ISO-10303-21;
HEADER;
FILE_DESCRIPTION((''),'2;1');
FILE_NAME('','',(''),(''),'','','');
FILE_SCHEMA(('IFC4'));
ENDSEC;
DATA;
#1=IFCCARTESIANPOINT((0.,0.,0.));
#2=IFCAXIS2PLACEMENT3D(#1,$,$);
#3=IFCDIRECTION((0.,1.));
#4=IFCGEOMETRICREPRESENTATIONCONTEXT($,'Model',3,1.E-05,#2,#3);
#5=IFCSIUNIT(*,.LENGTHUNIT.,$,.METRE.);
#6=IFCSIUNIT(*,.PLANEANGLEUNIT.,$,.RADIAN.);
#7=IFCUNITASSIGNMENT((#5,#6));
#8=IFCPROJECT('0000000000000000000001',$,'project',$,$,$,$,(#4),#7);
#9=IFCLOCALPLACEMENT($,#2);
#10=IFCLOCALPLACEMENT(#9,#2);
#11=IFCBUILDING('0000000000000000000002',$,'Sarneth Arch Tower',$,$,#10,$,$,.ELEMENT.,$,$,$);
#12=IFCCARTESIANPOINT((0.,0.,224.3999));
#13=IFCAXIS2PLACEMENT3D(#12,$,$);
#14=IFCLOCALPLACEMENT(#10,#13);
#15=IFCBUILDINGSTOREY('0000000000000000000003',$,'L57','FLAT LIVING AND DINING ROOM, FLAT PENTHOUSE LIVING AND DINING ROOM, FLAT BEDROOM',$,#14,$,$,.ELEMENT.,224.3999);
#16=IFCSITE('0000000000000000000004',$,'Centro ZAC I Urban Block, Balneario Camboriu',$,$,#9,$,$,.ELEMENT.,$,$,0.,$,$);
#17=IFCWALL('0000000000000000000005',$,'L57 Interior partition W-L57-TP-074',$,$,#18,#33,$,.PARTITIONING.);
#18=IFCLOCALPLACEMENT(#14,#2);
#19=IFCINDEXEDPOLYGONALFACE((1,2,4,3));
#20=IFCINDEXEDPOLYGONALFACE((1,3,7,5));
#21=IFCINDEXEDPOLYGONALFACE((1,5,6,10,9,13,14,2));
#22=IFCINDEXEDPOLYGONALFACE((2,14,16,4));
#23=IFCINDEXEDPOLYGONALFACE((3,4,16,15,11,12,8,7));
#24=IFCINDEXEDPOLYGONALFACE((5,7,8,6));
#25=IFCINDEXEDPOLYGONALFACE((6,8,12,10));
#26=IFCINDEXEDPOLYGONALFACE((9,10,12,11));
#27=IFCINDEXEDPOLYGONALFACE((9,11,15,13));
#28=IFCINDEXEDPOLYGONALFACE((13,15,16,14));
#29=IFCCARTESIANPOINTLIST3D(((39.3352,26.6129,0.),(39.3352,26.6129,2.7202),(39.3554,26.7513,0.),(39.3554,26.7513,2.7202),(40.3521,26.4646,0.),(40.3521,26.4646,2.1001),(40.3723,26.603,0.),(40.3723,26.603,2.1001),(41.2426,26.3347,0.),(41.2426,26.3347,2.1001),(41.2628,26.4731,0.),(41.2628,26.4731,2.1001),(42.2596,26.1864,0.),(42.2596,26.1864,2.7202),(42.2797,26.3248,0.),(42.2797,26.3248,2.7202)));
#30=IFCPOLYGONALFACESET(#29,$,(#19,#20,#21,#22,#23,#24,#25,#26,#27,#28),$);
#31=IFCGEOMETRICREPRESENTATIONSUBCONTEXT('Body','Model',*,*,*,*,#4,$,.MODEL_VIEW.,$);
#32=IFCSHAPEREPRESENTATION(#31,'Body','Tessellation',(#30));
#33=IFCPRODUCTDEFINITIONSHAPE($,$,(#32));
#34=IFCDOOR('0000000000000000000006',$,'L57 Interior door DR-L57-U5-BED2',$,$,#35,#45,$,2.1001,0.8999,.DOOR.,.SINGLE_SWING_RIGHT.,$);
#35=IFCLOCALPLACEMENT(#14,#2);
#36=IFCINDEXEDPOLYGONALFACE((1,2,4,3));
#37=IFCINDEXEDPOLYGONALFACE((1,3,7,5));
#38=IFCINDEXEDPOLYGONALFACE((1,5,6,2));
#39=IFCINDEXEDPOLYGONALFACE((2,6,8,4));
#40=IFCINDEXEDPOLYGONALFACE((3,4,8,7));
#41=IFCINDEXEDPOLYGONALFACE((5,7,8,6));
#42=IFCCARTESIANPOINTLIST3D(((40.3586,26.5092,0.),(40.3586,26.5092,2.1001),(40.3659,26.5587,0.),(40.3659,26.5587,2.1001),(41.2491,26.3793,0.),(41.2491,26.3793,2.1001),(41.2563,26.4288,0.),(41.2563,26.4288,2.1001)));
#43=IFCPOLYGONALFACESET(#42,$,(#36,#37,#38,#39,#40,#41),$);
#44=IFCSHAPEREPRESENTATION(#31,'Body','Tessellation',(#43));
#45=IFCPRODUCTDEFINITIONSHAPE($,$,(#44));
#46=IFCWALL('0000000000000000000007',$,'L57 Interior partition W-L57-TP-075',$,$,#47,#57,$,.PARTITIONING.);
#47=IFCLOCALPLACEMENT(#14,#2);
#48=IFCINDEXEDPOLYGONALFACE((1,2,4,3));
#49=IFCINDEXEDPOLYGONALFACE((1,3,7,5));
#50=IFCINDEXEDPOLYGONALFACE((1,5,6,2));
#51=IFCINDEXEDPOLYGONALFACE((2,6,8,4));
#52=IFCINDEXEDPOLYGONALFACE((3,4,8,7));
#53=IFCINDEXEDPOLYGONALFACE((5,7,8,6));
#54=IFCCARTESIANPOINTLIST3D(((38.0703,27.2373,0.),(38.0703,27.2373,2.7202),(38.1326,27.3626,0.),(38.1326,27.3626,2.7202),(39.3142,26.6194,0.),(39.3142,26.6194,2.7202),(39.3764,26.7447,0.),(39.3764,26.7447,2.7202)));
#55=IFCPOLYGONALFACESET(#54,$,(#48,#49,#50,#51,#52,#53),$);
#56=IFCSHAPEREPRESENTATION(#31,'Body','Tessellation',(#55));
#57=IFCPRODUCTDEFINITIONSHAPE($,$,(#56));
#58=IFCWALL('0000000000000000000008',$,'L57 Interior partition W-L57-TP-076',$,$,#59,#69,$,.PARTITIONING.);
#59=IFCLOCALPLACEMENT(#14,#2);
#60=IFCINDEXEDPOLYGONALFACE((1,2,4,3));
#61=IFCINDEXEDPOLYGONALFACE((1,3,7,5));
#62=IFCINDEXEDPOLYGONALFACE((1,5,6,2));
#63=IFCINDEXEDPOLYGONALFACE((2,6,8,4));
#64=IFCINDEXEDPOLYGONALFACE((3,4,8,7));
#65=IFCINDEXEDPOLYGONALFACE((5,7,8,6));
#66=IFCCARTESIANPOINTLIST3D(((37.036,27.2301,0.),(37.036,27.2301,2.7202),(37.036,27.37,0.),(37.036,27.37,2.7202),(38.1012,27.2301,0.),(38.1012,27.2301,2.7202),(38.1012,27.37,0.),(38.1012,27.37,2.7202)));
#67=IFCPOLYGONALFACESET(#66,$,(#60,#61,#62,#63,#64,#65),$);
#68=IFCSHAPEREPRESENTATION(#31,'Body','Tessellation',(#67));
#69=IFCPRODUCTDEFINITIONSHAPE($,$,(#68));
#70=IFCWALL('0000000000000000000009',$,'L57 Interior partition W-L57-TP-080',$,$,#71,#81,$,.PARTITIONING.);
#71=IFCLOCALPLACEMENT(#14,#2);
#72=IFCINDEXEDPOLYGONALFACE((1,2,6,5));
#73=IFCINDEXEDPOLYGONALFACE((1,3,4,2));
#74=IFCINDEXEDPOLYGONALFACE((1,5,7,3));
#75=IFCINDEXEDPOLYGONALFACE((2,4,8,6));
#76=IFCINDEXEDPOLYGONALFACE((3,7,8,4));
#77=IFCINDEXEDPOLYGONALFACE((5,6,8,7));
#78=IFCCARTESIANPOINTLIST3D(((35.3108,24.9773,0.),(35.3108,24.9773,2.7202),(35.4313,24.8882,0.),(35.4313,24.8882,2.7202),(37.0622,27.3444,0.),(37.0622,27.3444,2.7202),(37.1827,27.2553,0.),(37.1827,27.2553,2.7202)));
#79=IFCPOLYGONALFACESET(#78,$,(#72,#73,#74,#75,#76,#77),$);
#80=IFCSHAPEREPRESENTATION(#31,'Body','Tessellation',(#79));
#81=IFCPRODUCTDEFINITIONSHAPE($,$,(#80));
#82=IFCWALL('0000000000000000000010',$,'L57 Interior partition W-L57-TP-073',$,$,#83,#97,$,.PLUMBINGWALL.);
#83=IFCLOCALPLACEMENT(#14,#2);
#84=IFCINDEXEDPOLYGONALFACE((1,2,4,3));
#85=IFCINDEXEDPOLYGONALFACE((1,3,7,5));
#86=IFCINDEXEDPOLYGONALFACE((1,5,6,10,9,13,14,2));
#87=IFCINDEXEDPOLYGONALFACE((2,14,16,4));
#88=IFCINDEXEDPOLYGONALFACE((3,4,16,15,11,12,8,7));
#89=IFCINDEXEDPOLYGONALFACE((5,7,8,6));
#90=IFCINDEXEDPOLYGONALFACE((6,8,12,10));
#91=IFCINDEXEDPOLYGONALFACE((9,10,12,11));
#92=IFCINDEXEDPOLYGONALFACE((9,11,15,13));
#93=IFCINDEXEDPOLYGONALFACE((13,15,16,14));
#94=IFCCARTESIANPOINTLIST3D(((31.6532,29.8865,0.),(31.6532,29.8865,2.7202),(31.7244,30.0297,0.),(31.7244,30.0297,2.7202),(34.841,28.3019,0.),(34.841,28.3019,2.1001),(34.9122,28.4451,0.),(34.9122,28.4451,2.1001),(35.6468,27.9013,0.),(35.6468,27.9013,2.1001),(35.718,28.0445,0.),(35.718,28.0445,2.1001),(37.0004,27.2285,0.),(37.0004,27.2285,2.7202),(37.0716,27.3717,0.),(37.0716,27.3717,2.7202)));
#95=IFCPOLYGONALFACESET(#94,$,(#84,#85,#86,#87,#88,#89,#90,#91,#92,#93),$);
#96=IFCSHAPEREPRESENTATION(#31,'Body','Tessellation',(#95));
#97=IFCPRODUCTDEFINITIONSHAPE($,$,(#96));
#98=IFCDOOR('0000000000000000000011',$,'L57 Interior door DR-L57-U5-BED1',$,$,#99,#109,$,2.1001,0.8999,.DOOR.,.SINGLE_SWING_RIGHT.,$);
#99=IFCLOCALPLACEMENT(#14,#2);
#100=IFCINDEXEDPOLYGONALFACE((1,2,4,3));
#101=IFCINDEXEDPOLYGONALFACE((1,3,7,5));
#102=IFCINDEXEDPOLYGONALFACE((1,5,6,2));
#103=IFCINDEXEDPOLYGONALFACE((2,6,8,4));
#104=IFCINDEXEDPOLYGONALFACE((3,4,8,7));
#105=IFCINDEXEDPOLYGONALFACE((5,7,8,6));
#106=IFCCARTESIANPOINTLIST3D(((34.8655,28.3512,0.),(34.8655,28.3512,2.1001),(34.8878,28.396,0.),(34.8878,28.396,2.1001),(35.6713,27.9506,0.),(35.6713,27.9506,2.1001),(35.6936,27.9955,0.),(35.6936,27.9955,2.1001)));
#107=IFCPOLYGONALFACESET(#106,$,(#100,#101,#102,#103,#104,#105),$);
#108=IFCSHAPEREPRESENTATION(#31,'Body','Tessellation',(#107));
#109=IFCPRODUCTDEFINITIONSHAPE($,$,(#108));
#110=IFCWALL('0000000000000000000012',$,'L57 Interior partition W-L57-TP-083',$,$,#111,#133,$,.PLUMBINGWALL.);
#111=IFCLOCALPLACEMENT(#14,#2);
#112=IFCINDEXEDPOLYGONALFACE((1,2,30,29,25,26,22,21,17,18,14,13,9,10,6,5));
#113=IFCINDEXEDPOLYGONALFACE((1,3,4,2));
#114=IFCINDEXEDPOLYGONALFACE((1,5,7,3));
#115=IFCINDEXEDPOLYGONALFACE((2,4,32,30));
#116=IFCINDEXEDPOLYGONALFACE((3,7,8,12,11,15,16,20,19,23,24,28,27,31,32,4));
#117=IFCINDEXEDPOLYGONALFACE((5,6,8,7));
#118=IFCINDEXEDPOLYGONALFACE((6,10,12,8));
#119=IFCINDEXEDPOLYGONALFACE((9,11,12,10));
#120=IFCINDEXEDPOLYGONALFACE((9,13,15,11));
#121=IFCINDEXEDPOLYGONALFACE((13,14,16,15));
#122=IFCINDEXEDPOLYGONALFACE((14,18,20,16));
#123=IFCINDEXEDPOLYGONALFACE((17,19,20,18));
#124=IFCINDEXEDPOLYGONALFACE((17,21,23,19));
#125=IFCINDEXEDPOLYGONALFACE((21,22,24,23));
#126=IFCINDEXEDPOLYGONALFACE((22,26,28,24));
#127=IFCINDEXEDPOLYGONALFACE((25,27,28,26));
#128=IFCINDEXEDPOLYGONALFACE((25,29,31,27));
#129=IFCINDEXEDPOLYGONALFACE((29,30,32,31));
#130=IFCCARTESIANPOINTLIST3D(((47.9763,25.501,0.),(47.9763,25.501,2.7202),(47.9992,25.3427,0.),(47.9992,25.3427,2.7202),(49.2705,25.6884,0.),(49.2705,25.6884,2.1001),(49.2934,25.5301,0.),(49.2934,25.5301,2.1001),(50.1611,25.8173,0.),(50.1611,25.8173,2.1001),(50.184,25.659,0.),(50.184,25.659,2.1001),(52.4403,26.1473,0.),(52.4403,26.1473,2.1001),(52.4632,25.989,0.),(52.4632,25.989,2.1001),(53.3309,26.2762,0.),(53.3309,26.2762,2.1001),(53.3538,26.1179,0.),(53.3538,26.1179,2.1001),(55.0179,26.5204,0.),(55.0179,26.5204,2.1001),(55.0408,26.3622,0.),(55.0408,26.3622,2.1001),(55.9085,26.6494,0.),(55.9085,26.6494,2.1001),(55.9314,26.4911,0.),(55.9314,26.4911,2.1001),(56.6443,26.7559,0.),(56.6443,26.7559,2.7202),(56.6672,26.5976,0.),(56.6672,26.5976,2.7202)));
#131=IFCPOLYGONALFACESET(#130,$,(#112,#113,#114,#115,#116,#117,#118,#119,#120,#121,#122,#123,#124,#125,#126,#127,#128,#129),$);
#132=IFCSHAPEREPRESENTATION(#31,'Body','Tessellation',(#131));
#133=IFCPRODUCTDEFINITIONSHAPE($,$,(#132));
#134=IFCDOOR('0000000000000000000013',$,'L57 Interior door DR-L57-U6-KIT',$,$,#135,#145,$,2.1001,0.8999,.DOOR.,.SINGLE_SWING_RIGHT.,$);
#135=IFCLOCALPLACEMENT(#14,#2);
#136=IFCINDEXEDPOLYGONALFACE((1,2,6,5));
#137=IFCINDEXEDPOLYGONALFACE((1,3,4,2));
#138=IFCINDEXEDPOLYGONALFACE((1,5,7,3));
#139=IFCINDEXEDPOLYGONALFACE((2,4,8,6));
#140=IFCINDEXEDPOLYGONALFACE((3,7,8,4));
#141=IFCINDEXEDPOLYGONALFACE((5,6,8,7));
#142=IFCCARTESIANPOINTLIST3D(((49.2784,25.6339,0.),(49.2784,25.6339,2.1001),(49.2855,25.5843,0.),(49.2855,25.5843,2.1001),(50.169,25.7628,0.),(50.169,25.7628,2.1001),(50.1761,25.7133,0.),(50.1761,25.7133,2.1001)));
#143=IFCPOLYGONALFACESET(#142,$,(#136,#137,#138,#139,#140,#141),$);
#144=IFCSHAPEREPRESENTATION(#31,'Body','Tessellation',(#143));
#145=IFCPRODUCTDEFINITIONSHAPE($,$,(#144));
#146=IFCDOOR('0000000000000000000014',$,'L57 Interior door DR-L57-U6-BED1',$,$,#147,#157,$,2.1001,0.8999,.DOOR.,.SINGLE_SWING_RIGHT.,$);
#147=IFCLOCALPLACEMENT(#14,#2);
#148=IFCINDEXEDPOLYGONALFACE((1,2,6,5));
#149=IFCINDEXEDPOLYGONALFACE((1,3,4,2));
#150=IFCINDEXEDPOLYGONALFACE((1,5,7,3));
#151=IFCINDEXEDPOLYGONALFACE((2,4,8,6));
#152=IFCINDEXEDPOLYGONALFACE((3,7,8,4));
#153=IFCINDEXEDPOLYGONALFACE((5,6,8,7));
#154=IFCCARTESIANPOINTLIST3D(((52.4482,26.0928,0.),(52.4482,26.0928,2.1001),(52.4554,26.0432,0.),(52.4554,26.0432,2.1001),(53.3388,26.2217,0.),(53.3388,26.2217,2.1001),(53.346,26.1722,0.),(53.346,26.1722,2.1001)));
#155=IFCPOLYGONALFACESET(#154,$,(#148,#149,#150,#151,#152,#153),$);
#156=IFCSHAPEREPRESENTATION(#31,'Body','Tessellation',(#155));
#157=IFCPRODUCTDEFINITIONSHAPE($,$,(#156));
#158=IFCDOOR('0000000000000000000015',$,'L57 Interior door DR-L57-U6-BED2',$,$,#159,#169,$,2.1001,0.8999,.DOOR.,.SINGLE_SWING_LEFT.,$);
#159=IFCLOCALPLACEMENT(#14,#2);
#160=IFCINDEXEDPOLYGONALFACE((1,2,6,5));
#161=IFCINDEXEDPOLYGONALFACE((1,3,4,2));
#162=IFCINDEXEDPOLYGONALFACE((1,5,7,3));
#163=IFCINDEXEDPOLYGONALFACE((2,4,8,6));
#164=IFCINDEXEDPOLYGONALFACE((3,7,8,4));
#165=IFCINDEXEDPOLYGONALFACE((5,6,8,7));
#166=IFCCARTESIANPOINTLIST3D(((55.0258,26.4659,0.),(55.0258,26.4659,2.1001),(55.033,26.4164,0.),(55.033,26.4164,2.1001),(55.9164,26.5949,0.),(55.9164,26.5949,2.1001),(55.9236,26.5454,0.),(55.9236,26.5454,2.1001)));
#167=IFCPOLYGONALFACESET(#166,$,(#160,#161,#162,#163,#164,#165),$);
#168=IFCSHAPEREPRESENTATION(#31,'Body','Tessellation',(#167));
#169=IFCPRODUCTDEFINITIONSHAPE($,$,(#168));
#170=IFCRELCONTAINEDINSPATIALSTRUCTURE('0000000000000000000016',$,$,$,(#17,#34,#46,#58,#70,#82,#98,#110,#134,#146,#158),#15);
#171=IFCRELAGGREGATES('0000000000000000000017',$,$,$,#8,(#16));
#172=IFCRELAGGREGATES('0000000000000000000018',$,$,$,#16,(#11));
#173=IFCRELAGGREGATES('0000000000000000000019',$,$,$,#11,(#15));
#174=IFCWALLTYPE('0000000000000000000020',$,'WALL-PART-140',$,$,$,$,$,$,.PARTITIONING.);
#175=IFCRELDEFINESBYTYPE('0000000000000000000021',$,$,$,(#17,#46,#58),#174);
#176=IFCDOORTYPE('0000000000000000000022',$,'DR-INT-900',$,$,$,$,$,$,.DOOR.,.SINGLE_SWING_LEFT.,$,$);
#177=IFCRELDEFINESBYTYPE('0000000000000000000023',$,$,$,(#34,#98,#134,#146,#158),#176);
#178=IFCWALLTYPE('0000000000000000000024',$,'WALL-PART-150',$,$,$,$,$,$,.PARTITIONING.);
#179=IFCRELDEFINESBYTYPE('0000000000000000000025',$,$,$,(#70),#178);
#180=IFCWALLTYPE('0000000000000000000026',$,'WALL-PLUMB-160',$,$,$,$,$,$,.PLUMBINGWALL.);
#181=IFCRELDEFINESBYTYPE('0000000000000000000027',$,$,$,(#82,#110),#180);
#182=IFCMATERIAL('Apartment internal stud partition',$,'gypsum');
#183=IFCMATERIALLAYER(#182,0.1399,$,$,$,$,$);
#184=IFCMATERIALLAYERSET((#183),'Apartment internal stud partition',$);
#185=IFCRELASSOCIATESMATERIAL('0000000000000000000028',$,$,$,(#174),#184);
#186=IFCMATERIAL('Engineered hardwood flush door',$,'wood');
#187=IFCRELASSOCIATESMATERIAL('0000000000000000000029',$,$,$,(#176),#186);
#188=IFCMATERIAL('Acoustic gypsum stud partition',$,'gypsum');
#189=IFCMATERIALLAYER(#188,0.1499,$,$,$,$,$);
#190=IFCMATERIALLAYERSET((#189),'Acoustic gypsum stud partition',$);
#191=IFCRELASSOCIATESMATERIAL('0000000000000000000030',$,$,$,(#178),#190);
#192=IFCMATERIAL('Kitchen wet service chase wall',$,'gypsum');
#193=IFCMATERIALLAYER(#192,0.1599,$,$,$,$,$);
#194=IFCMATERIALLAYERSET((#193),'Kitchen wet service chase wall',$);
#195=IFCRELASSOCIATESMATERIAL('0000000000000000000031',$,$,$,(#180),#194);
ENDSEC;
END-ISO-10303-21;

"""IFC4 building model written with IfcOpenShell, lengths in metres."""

from ifc_helpers import new_model, si_unit, direction, frame, frame_2d, origin, place, context, subcontext, project, spatial, rectangle, extrude, material, layer, layer_set, type_object, element, fill, save


model = new_model("IFC4")

# Units and contexts
model_context = context("Model", 3, precision=1e-05, world=origin(), true_north=direction((0.0, 1.0)))
body_context = subcontext(model_context, "Body", "Model", "MODEL_VIEW")
ifc_project = project(units=[si_unit("LENGTHUNIT", "METRE"), si_unit("PLANEANGLEUNIT", "RADIAN")], contexts=[model_context])

# Site, building, storey
site_placement = place(None, origin())
site = spatial("IfcSite", under=ifc_project, at=site_placement, Name="Centro ZAC I Urban Block, Balneario Camboriu", CompositionType="ELEMENT", RefElevation=0.0)
building_placement = place(site_placement, origin())
building = spatial("IfcBuilding", under=site, at=building_placement, Name="Sarneth Arch Tower", CompositionType="ELEMENT")
storey_placement = place(building_placement, frame((0.0, 0.0, 224.3999)))
storey = spatial("IfcBuildingStorey", under=building, at=storey_placement, Name="L57", Description="FLAT LIVING AND DINING ROOM, FLAT PENTHOUSE LIVING AND DINING ROOM, FLAT BEDROOM", CompositionType="ELEMENT", Elevation=224.3999)

# Wall, opening, door
ifc_material_1 = material(Name="Apartment internal stud partition", Category="gypsum")
ifc_layer_1 = layer(ifc_material_1, 0.1399)
ifc_layer_set_1 = layer_set([ifc_layer_1], Name="Apartment internal stud partition")
wall_type_1 = type_object("IfcWallType", Name="WALL-PART-140", PredefinedType="PARTITIONING", material=ifc_layer_set_1)
wall_1_placement = place(storey_placement, frame((42.2695, 26.2556, 0.0), z_axis=(0.0, 0.0, 1.0), x_axis=(-0.989531, 0.144324, 0.0)))
wall_1 = element("IfcWall", 1, at=wall_1_placement, inside=storey, type_object=wall_type_1, Name="L57 Interior partition W-L57-TP-074", PredefinedType="PARTITIONING", context=body_context, shape_type="SweptSolid", body=[
    extrude(rectangle(XDim=2.9553, YDim=0.1399, at=frame_2d((1.4775, 0.0))), origin(), (0.0, 0.0, 1.0), 2.7202),
])
opening_1_placement = place(wall_1_placement, frame((1.0276, 0.0, 0.0)))
opening_1 = element("IfcOpeningElement", 2, at=opening_1_placement, cuts=wall_1, PredefinedType="OPENING", context=body_context, shape_type="SweptSolid", body=[
    extrude(rectangle(XDim=0.8999, YDim=2.1001, at=frame_2d((0.45, 1.05))), frame((0.0, 0.0798, 0.0), z_axis=(0.0, -1.0, 0.0), x_axis=(1.0, 0.0, 0.0)), (0.0, 0.0, 1.0), 0.1599),
])
ifc_material_2 = material(Name="Engineered hardwood flush door", Category="wood")
door_type_1 = type_object("IfcDoorType", Name="DR-INT-900", OperationType="SINGLE_SWING_LEFT", PredefinedType="DOOR", material=ifc_material_2)
door_1_placement = place(opening_1_placement, origin())
door_1 = element("IfcDoor", 3, at=door_1_placement, inside=storey, type_object=door_type_1, Name="L57 Interior door DR-L57-U5-BED2", OperationType="SINGLE_SWING_RIGHT", OverallHeight=2.1001, OverallWidth=0.8999, PredefinedType="DOOR", context=body_context, shape_type="SweptSolid", body=[
    extrude(rectangle(XDim=0.8999, YDim=2.1001, at=frame_2d((0.45, 1.05))), frame((0.0, 0.0249, 0.0), z_axis=(0.0, -1.0, 0.0), x_axis=(1.0, 0.0, 0.0)), (0.0, 0.0, 1.0), 0.05),
])
fill(opening_1, door_1)

# Walls
wall_2_placement = place(storey_placement, frame((39.3452, 26.6821, 0.0), z_axis=(0.0, 0.0, 1.0), x_axis=(-0.895584, 0.444892, 0.0)))
element("IfcWall", 4, at=wall_2_placement, inside=storey, type_object=wall_type_1, Name="L57 Interior partition W-L57-TP-075", PredefinedType="PARTITIONING", context=body_context, shape_type="SweptSolid", body=[
    extrude(rectangle(XDim=1.3889, YDim=0.1399, at=frame_2d((0.6943, 0.0))), origin(), (0.0, 0.0, 1.0), 2.7202),
])
wall_3_placement = place(storey_placement, frame((38.1013, 27.3, 0.0), z_axis=(0.0, 0.0, 1.0), x_axis=(-1.0, 0.0, 0.0)))
element("IfcWall", 5, at=wall_3_placement, inside=storey, type_object=wall_type_1, Name="L57 Interior partition W-L57-TP-076", PredefinedType="PARTITIONING", context=body_context, shape_type="SweptSolid", body=[
    extrude(rectangle(XDim=1.0652, YDim=0.1399, at=frame_2d((0.5327, 0.0))), origin(), (0.0, 0.0, 1.0), 2.7202),
])
ifc_material_3 = material(Name="Acoustic gypsum stud partition", Category="gypsum")
ifc_layer_2 = layer(ifc_material_3, 0.1499)
ifc_layer_set_2 = layer_set([ifc_layer_2], Name="Acoustic gypsum stud partition")
wall_type_2 = type_object("IfcWallType", Name="WALL-PART-150", PredefinedType="PARTITIONING", material=ifc_layer_set_2)
wall_4_placement = place(storey_placement, frame((35.3711, 24.9329, 0.0), z_axis=(0.0, 0.0, 1.0), x_axis=(0.594787, 0.803883, 0.0)))
element("IfcWall", 6, at=wall_4_placement, inside=storey, type_object=wall_type_2, Name="L57 Interior partition W-L57-TP-080", PredefinedType="PARTITIONING", context=body_context, shape_type="SweptSolid", body=[
    extrude(rectangle(XDim=2.9446, YDim=0.1499, at=frame_2d((1.4722, 0.0))), origin(), (0.0, 0.0, 1.0), 2.7202),
])

# Wall, opening, door
ifc_material_4 = material(Name="Kitchen wet service chase wall", Category="gypsum")
ifc_layer_3 = layer(ifc_material_4, 0.1599)
ifc_layer_set_3 = layer_set([ifc_layer_3], Name="Kitchen wet service chase wall")
wall_type_3 = type_object("IfcWallType", Name="WALL-PLUMB-160", PredefinedType="PLUMBINGWALL", material=ifc_layer_set_3)
wall_5_placement = place(storey_placement, frame((37.0361, 27.3, 0.0), z_axis=(0.0, 0.0, 1.0), x_axis=(-0.895471, 0.445119, 0.0)))
wall_5 = element("IfcWall", 7, at=wall_5_placement, inside=storey, type_object=wall_type_3, Name="L57 Interior partition W-L57-TP-073", PredefinedType="PLUMBINGWALL", context=body_context, shape_type="SweptSolid", body=[
    extrude(rectangle(XDim=5.9714, YDim=0.1599, at=frame_2d((2.9858, 0.0))), origin(), (0.0, 0.0, 1.0), 2.7202),
])
opening_2_placement = place(wall_5_placement, frame((1.5117, 0.0, 0.0)))
opening_2 = element("IfcOpeningElement", 8, at=opening_2_placement, cuts=wall_5, PredefinedType="OPENING", context=body_context, shape_type="SweptSolid", body=[
    extrude(rectangle(XDim=0.8999, YDim=2.1001, at=frame_2d((0.45, 1.05))), frame((0.0, 0.0898, 0.0), z_axis=(0.0, -1.0, 0.0), x_axis=(1.0, 0.0, 0.0)), (0.0, 0.0, 1.0), 0.1799),
])
door_2_placement = place(opening_2_placement, origin())
door_2 = element("IfcDoor", 9, at=door_2_placement, inside=storey, type_object=door_type_1, Name="L57 Interior door DR-L57-U5-BED1", OperationType="SINGLE_SWING_RIGHT", OverallHeight=2.1001, OverallWidth=0.8999, PredefinedType="DOOR", context=body_context, shape_type="SweptSolid", body=[
    extrude(rectangle(XDim=0.8999, YDim=2.1001, at=frame_2d((0.45, 1.05))), frame((0.0, 0.0249, 0.0), z_axis=(0.0, -1.0, 0.0), x_axis=(1.0, 0.0, 0.0)), (0.0, 0.0, 1.0), 0.05),
])
fill(opening_2, door_2)

# Wall, openings, doors
wall_6_placement = place(storey_placement, frame((47.9878, 25.4219, 0.0), z_axis=(0.0, 0.0, 1.0), x_axis=(0.989682, 0.143279, 0.0)))
wall_6 = element("IfcWall", 10, at=wall_6_placement, inside=storey, type_object=wall_type_3, Name="L57 Interior partition W-L57-TP-083", PredefinedType="PLUMBINGWALL", context=body_context, shape_type="SweptSolid", body=[
    extrude(rectangle(XDim=8.7583, YDim=0.1599, at=frame_2d((4.3792, 0.0))), origin(), (0.0, 0.0, 1.0), 2.7202),
])
opening_3_placement = place(wall_6_placement, frame((1.3076, 0.0, 0.0)))
opening_3 = element("IfcOpeningElement", 11, at=opening_3_placement, cuts=wall_6, PredefinedType="OPENING", context=body_context, shape_type="SweptSolid", body=[
    extrude(rectangle(XDim=0.8999, YDim=2.1001, at=frame_2d((0.45, 1.05))), frame((0.0, 0.0898, 0.0), z_axis=(0.0, -1.0, 0.0), x_axis=(1.0, 0.0, 0.0)), (0.0, 0.0, 1.0), 0.1799),
])
opening_4_placement = place(wall_6_placement, frame((4.5105, 0.0, 0.0)))
opening_4 = element("IfcOpeningElement", 12, at=opening_4_placement, cuts=wall_6, PredefinedType="OPENING", context=body_context, shape_type="SweptSolid", body=[
    extrude(rectangle(XDim=0.8999, YDim=2.1001, at=frame_2d((0.45, 1.05))), frame((0.0, 0.0898, 0.0), z_axis=(0.0, -1.0, 0.0), x_axis=(1.0, 0.0, 0.0)), (0.0, 0.0, 1.0), 0.1799),
])
opening_5_placement = place(wall_6_placement, frame((7.115, 0.0, 0.0)))
opening_5 = element("IfcOpeningElement", 13, at=opening_5_placement, cuts=wall_6, PredefinedType="OPENING", context=body_context, shape_type="SweptSolid", body=[
    extrude(rectangle(XDim=0.8999, YDim=2.1001, at=frame_2d((0.45, 1.05))), frame((0.0, 0.0898, 0.0), z_axis=(0.0, -1.0, 0.0), x_axis=(1.0, 0.0, 0.0)), (0.0, 0.0, 1.0), 0.1799),
])
door_3_placement = place(opening_3_placement, origin())
door_3 = element("IfcDoor", 14, at=door_3_placement, inside=storey, type_object=door_type_1, Name="L57 Interior door DR-L57-U6-KIT", OperationType="SINGLE_SWING_RIGHT", OverallHeight=2.1001, OverallWidth=0.8999, PredefinedType="DOOR", context=body_context, shape_type="SweptSolid", body=[
    extrude(rectangle(XDim=0.8999, YDim=2.1001, at=frame_2d((0.45, 1.05))), frame((0.0, 0.0249, 0.0), z_axis=(0.0, -1.0, 0.0), x_axis=(1.0, 0.0, 0.0)), (0.0, 0.0, 1.0), 0.05),
])
fill(opening_3, door_3)
door_4_placement = place(opening_4_placement, origin())
door_4 = element("IfcDoor", 15, at=door_4_placement, inside=storey, type_object=door_type_1, Name="L57 Interior door DR-L57-U6-BED1", OperationType="SINGLE_SWING_RIGHT", OverallHeight=2.1001, OverallWidth=0.8999, PredefinedType="DOOR", context=body_context, shape_type="SweptSolid", body=[
    extrude(rectangle(XDim=0.8999, YDim=2.1001, at=frame_2d((0.45, 1.05))), frame((0.0, 0.0249, 0.0), z_axis=(0.0, -1.0, 0.0), x_axis=(1.0, 0.0, 0.0)), (0.0, 0.0, 1.0), 0.05),
])
fill(opening_4, door_4)
door_5_placement = place(opening_5_placement, origin())
door_5 = element("IfcDoor", 16, at=door_5_placement, inside=storey, type_object=door_type_1, Name="L57 Interior door DR-L57-U6-BED2", OperationType="SINGLE_SWING_LEFT", OverallHeight=2.1001, OverallWidth=0.8999, PredefinedType="DOOR", context=body_context, shape_type="SweptSolid", body=[
    extrude(rectangle(XDim=0.8999, YDim=2.1001, at=frame_2d((0.45, 1.05))), frame((0.0, 0.0249, 0.0), z_axis=(0.0, -1.0, 0.0), x_axis=(1.0, 0.0, 0.0)), (0.0, 0.0, 1.0), 0.05),
])
fill(opening_5, door_5)

save(model, "model.ifc")
